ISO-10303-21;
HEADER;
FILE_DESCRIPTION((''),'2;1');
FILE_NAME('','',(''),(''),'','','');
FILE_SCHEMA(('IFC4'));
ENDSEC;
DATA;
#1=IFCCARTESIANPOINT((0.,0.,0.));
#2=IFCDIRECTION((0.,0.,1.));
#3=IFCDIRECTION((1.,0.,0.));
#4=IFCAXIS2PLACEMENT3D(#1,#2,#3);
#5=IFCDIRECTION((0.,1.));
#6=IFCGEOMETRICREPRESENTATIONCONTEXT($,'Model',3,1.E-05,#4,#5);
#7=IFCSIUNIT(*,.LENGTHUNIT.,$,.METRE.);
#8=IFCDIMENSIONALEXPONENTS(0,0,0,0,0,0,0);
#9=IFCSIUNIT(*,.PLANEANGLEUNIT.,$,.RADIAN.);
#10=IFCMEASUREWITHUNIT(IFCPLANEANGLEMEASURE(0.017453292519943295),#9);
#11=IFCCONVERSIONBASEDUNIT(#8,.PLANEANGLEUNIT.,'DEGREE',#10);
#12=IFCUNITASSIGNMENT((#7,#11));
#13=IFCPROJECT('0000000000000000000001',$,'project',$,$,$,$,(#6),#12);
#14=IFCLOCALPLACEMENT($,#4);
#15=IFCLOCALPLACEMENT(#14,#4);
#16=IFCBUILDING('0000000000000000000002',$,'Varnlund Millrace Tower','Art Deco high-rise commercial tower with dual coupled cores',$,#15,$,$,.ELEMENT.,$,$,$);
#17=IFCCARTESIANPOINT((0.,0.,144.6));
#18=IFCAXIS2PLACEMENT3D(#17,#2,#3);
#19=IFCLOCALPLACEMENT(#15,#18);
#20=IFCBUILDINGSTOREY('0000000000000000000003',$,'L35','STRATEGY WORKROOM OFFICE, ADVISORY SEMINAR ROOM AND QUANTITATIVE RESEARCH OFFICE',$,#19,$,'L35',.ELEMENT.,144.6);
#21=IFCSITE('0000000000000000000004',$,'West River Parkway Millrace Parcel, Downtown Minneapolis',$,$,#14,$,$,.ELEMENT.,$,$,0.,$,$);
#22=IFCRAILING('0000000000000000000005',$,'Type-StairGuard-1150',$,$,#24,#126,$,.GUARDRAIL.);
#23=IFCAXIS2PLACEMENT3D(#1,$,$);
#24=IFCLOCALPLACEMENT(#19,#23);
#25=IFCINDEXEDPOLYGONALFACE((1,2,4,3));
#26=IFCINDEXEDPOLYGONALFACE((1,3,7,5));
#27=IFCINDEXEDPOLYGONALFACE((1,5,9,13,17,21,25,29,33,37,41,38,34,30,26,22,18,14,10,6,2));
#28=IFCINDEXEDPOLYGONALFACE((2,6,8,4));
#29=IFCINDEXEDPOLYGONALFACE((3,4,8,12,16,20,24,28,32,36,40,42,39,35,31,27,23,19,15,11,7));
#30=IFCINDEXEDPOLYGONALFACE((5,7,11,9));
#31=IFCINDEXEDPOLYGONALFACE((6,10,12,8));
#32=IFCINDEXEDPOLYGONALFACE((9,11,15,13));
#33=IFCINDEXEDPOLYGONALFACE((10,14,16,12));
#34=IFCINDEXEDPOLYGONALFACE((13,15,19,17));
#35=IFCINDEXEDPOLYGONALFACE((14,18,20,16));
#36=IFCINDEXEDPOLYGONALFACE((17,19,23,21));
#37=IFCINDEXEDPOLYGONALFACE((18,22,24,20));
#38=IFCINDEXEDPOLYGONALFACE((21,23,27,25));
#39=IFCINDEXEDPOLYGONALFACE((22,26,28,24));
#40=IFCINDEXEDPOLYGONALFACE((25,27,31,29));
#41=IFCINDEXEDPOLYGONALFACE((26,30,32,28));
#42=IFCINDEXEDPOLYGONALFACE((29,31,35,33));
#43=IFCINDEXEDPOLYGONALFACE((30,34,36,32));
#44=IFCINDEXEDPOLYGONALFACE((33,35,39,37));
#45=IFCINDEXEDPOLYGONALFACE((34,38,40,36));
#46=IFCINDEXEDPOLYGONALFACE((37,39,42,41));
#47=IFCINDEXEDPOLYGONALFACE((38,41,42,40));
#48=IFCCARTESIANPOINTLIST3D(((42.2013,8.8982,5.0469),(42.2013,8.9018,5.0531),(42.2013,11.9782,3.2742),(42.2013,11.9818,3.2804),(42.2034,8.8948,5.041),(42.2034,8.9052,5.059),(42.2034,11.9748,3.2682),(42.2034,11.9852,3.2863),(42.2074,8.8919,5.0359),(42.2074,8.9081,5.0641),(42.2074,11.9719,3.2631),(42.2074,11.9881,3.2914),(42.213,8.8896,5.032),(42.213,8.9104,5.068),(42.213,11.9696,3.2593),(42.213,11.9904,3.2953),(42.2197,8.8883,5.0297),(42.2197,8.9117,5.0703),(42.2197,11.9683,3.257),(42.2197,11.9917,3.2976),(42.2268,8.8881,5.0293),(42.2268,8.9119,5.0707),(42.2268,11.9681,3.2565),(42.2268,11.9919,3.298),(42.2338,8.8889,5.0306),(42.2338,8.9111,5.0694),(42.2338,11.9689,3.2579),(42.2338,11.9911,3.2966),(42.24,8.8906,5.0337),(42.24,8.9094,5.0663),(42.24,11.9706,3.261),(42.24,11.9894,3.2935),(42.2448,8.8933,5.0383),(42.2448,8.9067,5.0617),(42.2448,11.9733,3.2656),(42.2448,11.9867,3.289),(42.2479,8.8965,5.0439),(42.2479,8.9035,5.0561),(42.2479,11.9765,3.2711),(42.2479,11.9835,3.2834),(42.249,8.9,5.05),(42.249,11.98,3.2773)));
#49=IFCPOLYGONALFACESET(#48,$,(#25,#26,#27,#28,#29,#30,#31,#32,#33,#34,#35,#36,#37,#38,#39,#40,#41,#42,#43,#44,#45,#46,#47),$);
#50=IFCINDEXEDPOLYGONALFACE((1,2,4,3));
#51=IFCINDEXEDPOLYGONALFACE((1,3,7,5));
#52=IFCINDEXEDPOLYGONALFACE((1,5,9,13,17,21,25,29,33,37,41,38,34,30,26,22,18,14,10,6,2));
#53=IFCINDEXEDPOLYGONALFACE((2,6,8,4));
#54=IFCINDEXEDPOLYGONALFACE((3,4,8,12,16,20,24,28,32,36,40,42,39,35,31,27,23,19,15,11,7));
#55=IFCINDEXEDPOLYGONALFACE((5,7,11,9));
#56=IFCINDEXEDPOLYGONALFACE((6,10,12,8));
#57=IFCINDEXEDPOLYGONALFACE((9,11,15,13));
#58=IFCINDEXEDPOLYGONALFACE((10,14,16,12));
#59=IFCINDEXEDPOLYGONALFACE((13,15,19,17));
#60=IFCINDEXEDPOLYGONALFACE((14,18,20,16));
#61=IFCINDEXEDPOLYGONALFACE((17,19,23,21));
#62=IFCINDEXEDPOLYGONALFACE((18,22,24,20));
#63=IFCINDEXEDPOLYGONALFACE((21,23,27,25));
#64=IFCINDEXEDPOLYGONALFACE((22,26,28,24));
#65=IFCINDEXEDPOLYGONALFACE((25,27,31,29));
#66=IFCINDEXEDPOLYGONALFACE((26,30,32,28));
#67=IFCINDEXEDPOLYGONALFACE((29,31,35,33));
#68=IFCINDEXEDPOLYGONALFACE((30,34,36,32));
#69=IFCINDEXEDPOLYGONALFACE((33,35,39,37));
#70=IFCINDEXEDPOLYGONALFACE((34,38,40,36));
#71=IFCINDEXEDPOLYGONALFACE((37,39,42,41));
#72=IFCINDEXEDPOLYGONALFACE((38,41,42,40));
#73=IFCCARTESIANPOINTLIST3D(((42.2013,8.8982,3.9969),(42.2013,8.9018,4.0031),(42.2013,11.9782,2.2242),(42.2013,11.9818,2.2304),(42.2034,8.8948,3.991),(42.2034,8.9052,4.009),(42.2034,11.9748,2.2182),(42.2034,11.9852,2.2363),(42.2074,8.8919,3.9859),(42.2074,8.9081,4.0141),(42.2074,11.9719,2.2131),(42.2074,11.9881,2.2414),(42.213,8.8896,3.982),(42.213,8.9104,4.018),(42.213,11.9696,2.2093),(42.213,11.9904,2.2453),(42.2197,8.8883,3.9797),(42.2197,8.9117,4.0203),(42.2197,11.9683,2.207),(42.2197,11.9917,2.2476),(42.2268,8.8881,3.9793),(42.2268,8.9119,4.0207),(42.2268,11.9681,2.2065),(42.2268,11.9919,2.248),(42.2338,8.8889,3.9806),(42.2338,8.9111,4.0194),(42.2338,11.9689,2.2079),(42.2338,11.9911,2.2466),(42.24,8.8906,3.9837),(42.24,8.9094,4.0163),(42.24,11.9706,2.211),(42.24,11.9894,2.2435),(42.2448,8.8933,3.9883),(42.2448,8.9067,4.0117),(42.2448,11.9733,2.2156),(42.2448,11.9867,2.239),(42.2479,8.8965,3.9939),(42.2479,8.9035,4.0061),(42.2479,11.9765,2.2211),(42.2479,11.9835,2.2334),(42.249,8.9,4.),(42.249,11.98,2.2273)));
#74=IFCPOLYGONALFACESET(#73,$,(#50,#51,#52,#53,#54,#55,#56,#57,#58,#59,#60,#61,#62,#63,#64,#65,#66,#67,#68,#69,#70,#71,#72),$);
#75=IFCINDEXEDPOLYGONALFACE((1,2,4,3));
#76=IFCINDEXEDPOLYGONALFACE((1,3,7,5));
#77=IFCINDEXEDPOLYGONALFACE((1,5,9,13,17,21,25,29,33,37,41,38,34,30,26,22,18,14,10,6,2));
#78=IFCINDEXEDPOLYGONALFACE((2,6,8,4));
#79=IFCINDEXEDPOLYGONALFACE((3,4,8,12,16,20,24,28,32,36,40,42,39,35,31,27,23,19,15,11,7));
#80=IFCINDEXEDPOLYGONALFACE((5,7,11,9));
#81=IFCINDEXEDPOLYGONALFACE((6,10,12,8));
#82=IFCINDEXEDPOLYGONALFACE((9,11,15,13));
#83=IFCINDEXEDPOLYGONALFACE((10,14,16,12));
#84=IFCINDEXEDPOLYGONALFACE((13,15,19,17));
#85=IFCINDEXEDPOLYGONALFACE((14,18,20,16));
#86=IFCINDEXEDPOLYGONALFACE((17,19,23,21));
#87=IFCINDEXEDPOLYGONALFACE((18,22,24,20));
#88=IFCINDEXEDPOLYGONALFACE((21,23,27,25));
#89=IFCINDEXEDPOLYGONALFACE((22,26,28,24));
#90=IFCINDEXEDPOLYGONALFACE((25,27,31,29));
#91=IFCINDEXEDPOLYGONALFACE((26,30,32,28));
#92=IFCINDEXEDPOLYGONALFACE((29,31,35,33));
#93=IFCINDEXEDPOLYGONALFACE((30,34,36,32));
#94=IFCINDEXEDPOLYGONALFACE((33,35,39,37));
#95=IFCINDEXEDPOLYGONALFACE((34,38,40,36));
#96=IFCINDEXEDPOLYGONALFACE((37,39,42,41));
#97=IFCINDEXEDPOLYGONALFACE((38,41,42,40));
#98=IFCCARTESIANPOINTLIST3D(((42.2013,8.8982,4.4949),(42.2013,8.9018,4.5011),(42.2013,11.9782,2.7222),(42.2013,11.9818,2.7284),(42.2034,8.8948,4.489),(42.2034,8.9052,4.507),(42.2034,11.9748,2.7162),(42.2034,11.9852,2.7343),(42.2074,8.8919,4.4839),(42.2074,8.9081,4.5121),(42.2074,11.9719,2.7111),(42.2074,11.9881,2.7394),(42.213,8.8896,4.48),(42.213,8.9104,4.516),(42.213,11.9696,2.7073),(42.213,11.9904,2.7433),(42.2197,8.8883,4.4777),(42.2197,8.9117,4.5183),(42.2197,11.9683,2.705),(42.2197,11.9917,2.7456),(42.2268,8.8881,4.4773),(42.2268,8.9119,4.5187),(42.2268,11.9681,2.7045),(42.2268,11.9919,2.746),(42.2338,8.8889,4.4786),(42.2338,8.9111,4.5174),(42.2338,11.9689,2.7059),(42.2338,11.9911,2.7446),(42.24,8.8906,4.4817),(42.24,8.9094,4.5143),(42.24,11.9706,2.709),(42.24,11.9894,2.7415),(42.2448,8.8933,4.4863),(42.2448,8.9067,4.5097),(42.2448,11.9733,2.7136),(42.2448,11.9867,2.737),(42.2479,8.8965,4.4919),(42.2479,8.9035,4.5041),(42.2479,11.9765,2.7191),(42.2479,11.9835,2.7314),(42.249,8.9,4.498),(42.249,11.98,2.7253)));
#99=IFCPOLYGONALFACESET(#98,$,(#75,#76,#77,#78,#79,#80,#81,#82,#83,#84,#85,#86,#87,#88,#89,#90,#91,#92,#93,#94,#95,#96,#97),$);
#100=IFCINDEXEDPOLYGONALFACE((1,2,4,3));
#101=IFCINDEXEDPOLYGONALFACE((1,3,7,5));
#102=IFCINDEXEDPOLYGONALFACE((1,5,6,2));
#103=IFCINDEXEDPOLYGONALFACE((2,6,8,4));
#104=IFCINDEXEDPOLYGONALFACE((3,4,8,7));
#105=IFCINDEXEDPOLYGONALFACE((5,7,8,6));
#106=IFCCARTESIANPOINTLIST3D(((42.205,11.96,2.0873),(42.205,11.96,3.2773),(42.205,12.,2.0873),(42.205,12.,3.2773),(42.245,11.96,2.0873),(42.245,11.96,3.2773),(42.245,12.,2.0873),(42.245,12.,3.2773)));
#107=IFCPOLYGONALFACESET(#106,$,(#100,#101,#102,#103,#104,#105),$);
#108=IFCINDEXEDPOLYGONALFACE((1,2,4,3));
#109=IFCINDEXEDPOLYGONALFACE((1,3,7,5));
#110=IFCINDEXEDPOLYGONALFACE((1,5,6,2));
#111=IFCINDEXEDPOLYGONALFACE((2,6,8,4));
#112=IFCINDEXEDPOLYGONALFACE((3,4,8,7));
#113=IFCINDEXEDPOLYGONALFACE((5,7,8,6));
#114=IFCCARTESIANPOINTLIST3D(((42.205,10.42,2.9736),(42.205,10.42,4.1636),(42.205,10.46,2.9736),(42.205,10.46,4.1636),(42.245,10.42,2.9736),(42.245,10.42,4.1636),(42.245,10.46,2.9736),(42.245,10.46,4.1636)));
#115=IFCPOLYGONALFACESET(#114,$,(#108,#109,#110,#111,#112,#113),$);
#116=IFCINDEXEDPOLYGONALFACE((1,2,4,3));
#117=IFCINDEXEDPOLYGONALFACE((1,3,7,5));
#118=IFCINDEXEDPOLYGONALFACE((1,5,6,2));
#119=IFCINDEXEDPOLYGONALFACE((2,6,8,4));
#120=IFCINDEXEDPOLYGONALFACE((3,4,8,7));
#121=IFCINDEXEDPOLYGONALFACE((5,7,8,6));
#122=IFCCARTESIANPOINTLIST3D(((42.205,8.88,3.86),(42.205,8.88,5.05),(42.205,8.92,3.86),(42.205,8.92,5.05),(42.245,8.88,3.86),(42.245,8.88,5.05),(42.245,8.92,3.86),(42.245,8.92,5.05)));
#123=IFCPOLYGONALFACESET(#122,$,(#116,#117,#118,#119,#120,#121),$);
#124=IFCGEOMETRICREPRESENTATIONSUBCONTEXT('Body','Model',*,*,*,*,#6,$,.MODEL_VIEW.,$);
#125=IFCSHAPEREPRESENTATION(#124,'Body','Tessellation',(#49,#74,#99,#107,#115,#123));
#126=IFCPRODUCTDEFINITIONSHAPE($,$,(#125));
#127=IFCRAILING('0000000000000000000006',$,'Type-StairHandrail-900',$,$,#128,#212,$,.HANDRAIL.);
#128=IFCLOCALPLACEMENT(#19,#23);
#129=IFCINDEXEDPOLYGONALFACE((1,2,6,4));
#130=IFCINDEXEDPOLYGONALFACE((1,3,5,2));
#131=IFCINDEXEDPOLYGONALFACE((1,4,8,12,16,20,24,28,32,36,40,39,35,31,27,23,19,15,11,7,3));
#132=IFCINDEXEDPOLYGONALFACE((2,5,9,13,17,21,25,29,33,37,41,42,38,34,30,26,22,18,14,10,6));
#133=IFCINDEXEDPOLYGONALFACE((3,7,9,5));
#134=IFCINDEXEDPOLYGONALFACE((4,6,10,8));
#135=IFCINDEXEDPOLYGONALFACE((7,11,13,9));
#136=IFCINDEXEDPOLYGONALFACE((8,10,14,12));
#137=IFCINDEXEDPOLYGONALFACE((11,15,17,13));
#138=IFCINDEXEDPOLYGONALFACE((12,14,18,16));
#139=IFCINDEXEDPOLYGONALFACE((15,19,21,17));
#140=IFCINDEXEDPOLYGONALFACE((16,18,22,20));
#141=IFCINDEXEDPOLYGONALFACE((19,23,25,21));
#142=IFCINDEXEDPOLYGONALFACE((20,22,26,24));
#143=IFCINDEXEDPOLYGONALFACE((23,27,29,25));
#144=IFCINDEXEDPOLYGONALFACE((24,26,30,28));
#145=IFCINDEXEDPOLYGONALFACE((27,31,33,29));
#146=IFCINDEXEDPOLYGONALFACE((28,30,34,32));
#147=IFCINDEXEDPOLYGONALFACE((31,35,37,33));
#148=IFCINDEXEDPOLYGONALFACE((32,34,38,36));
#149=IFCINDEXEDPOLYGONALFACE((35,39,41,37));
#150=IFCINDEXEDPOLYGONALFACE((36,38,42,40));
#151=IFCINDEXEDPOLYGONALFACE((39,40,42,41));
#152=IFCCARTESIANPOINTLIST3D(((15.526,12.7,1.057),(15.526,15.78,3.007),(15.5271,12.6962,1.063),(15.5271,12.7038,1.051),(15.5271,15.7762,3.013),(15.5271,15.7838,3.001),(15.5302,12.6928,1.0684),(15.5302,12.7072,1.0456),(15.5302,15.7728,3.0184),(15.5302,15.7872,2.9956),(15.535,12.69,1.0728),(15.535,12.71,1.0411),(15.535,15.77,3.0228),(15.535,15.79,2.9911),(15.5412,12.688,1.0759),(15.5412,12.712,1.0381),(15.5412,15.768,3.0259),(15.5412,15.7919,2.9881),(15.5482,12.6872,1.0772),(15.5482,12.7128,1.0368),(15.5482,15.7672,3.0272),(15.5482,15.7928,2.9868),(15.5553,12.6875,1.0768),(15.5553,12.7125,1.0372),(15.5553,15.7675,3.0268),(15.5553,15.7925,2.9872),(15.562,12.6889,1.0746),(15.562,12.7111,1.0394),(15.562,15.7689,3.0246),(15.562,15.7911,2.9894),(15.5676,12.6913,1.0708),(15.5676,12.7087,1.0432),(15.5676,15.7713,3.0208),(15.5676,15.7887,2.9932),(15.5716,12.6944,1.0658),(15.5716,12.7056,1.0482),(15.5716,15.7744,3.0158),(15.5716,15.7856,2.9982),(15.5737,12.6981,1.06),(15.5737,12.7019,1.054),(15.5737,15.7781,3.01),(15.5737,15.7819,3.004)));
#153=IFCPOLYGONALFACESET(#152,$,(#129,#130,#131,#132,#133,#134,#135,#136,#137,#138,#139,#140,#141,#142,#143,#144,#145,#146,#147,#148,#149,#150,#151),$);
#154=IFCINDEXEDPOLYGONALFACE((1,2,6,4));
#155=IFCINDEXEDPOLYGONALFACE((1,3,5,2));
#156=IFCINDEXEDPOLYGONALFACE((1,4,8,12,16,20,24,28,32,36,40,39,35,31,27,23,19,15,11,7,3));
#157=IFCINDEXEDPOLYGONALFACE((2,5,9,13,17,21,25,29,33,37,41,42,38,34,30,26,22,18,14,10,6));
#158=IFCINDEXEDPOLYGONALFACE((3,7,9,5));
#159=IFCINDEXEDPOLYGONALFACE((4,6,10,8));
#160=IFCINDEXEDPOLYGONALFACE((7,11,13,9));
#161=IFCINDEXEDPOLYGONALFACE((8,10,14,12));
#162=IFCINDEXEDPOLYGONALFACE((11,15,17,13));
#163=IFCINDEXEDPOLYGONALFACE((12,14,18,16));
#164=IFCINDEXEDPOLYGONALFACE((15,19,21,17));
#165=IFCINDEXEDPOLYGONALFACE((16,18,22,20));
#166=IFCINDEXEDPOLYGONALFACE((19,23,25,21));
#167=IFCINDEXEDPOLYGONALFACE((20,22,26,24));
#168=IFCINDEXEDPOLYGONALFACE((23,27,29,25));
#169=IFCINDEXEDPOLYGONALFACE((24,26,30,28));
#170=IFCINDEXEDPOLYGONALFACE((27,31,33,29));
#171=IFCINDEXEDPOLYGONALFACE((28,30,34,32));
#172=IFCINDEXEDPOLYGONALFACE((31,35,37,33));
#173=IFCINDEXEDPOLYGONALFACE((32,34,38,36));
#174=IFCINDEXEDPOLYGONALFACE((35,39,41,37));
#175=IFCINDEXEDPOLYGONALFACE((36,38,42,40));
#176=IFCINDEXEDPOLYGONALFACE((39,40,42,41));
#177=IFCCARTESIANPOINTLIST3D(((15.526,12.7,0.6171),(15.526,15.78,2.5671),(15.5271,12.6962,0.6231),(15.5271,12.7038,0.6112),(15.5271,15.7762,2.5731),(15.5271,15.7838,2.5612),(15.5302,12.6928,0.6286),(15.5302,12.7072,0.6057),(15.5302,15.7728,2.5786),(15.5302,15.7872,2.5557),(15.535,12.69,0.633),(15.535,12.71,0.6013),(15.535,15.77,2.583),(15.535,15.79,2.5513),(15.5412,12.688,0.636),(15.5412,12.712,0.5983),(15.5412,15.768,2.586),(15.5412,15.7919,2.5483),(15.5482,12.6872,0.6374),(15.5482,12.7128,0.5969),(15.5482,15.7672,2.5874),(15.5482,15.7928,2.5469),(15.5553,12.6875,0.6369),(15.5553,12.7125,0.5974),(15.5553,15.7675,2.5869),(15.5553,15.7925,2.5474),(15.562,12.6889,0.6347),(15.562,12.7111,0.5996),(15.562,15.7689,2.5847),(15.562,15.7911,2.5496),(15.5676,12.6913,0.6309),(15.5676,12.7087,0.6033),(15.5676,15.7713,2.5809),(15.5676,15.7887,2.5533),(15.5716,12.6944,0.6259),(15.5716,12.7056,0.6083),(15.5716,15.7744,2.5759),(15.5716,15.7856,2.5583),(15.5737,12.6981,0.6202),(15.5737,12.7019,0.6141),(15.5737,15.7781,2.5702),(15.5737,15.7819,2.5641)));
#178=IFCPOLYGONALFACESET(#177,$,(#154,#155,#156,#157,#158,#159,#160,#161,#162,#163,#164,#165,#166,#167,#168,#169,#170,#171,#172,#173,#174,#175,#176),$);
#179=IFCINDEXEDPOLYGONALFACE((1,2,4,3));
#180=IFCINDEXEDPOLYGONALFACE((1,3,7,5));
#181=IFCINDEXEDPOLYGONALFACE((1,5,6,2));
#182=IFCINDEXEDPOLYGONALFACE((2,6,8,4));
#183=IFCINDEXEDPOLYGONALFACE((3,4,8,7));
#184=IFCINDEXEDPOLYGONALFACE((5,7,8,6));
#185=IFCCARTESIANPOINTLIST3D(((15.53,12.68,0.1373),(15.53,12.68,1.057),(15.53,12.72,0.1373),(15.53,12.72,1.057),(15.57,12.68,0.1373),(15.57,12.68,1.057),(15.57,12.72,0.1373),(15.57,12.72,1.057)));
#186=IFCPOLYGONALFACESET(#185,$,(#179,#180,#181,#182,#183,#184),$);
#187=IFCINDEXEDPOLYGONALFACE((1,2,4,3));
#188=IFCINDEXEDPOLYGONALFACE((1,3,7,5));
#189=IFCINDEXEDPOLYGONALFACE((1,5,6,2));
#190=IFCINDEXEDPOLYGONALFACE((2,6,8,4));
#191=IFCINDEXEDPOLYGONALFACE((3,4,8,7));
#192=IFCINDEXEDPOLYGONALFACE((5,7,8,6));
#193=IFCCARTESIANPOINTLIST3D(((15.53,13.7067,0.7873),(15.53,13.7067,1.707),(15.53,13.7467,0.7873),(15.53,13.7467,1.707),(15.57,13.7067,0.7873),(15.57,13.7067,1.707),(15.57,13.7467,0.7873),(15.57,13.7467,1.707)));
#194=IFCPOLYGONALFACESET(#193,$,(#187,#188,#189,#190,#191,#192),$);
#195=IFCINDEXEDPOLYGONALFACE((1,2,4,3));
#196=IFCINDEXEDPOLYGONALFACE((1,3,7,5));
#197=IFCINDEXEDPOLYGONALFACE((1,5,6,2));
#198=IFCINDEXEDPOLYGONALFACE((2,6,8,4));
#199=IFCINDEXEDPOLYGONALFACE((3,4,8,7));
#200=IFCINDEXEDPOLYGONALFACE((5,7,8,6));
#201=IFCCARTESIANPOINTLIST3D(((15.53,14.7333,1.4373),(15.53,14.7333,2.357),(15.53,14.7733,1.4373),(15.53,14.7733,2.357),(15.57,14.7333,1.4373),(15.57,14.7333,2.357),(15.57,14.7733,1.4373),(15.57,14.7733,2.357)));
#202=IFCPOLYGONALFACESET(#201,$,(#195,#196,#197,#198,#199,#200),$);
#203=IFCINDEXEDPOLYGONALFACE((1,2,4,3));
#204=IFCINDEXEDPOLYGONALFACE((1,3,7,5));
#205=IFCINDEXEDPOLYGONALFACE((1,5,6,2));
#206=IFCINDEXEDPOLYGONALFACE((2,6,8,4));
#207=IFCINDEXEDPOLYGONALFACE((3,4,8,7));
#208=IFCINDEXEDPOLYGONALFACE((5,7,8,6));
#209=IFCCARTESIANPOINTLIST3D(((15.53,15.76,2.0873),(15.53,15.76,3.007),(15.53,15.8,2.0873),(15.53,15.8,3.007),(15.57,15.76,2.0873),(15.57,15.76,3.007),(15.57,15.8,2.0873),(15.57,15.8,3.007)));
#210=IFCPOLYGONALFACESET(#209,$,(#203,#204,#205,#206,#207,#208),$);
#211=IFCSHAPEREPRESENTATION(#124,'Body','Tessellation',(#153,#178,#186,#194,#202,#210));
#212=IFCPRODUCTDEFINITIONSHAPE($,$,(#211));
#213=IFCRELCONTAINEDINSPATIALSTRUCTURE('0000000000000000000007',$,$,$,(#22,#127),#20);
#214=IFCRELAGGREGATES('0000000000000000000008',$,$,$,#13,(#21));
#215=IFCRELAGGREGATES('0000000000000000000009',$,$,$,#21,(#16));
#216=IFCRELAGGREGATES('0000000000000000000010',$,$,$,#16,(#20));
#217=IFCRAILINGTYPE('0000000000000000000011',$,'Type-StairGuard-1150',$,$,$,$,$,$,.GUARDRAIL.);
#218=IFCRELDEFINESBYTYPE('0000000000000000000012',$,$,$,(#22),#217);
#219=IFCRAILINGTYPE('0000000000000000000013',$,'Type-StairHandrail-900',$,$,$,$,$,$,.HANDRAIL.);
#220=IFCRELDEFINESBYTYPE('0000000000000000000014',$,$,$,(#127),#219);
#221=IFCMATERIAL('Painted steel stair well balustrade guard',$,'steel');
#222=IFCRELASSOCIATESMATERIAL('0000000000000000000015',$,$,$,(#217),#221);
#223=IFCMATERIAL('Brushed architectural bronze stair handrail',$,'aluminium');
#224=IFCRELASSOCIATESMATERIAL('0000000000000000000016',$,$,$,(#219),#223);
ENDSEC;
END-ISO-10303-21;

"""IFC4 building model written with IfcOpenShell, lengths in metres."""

from ifc_helpers import new_model, entity, si_unit, converted_unit, direction, frame, origin_with_axes, origin_2d_with_axis, place, context, subcontext, project, spatial, rectangle, circle, extrude, material, type_object, element, save


model = new_model("IFC4")

# Units and contexts
model_context = context("Model", 3, precision=1e-05, world=origin_with_axes(), true_north=direction((0.0, 1.0)))
body_context = subcontext(model_context, "Body", "Model", "MODEL_VIEW")
ifc_project = project(units=[si_unit("LENGTHUNIT", "METRE"), converted_unit("PLANEANGLEUNIT", "DEGREE", entity("IfcPlaneAngleMeasure", 0.017453292519943295), si_unit("PLANEANGLEUNIT", "RADIAN"), dimensions=[0, 0, 0, 0, 0, 0, 0])], contexts=[model_context])

# Site, building, storey
site_placement = place(None, origin_with_axes())
site = spatial("IfcSite", under=ifc_project, at=site_placement, Name="West River Parkway Millrace Parcel, Downtown Minneapolis", CompositionType="ELEMENT", RefElevation=0.0)
building_placement = place(site_placement, origin_with_axes())
building = spatial("IfcBuilding", under=site, at=building_placement, Name="Varnlund Millrace Tower", Description="Art Deco high-rise commercial tower with dual coupled cores", CompositionType="ELEMENT")
storey_placement = place(building_placement, frame((0.0, 0.0, 144.6), z_axis=(0.0, 0.0, 1.0), x_axis=(1.0, 0.0, 0.0)))
storey = spatial("IfcBuildingStorey", under=building, at=storey_placement, Name="L35", Description="STRATEGY WORKROOM OFFICE, ADVISORY SEMINAR ROOM AND QUANTITATIVE RESEARCH OFFICE", LongName="L35", CompositionType="ELEMENT", Elevation=144.6)

# Railings
ifc_material_1 = material(Name="Painted steel stair well balustrade guard", Category="steel")
railing_type_1 = type_object("IfcRailingType", Name="Type-StairGuard-1150", PredefinedType="GUARDRAIL", material=ifc_material_1)
railing_1_placement = place(storey_placement, frame((0.0, 0.0, -144.6), z_axis=(0.0, 0.0, 1.0), x_axis=(1.0, 0.0, 0.0)))
element("IfcRailing", 1, at=railing_1_placement, inside=storey, type_object=railing_type_1, Name="Type-StairGuard-1150", PredefinedType="GUARDRAIL", context=body_context, shape_type="SweptSolid", body=[
    extrude(circle(Radius=0.024, at=origin_2d_with_axis()), frame((42.225, 11.98, 147.8773), z_axis=(0.0, -0.866696, 0.498836), x_axis=(1.0, 0.0, 0.0)), (0.0, 0.0, 1.0), 3.5537),
    extrude(circle(Radius=0.024, at=origin_2d_with_axis()), frame((42.225, 11.98, 146.8273), z_axis=(0.0, -0.866696, 0.498836), x_axis=(1.0, 0.0, 0.0)), (0.0, 0.0, 1.0), 3.5537),
    extrude(circle(Radius=0.024, at=origin_2d_with_axis()), frame((42.225, 11.98, 147.3253), z_axis=(0.0, -0.866696, 0.498836), x_axis=(1.0, 0.0, 0.0)), (0.0, 0.0, 1.0), 3.5537),
    extrude(rectangle(XDim=0.04, YDim=0.04, at=origin_2d_with_axis()), frame((42.225, 11.98, 146.6873), z_axis=(0.0, 0.0, 1.0), x_axis=(1.0, 0.0, 0.0)), (0.0, 0.0, 1.0), 1.19),
    extrude(rectangle(XDim=0.04, YDim=0.04, at=origin_2d_with_axis()), frame((42.225, 10.44, 147.5736), z_axis=(0.0, 0.0, 1.0), x_axis=(1.0, 0.0, 0.0)), (0.0, 0.0, 1.0), 1.19),
    extrude(rectangle(XDim=0.04, YDim=0.04, at=origin_2d_with_axis()), frame((42.225, 8.9, 148.46), z_axis=(0.0, 0.0, 1.0), x_axis=(1.0, 0.0, 0.0)), (0.0, 0.0, 1.0), 1.19),
])
ifc_material_2 = material(Name="Brushed architectural bronze stair handrail", Category="aluminium")
railing_type_2 = type_object("IfcRailingType", Name="Type-StairHandrail-900", PredefinedType="HANDRAIL", material=ifc_material_2)
railing_2_placement = place(storey_placement, frame((0.0, 0.0, -144.6), z_axis=(0.0, 0.0, 1.0), x_axis=(1.0, 0.0, 0.0)))
element("IfcRailing", 2, at=railing_2_placement, inside=storey, type_object=railing_type_2, Name="Type-StairHandrail-900", PredefinedType="HANDRAIL", context=body_context, shape_type="SweptSolid", body=[
    extrude(circle(Radius=0.024, at=origin_2d_with_axis()), frame((15.55, 12.7, 145.657), z_axis=(0.0, 0.844902, 0.534922), x_axis=(-1.0, 0.0, 0.0)), (0.0, 0.0, 1.0), 3.6454),
    extrude(circle(Radius=0.024, at=origin_2d_with_axis()), frame((15.55, 12.7, 145.2171), z_axis=(0.0, 0.844902, 0.534922), x_axis=(-1.0, 0.0, 0.0)), (0.0, 0.0, 1.0), 3.6454),
    extrude(rectangle(XDim=0.04, YDim=0.04, at=origin_2d_with_axis()), frame((15.55, 12.7, 144.7373), z_axis=(0.0, 0.0, 1.0), x_axis=(1.0, 0.0, 0.0)), (0.0, 0.0, 1.0), 0.9197),
    extrude(rectangle(XDim=0.04, YDim=0.04, at=origin_2d_with_axis()), frame((15.55, 13.7267, 145.3873), z_axis=(0.0, 0.0, 1.0), x_axis=(1.0, 0.0, 0.0)), (0.0, 0.0, 1.0), 0.9197),
    extrude(rectangle(XDim=0.04, YDim=0.04, at=origin_2d_with_axis()), frame((15.55, 14.7533, 146.0373), z_axis=(0.0, 0.0, 1.0), x_axis=(1.0, 0.0, 0.0)), (0.0, 0.0, 1.0), 0.9197),
    extrude(rectangle(XDim=0.04, YDim=0.04, at=origin_2d_with_axis()), frame((15.55, 15.78, 146.6873), z_axis=(0.0, 0.0, 1.0), x_axis=(1.0, 0.0, 0.0)), (0.0, 0.0, 1.0), 0.9197),
])

save(model, "model.ifc")
